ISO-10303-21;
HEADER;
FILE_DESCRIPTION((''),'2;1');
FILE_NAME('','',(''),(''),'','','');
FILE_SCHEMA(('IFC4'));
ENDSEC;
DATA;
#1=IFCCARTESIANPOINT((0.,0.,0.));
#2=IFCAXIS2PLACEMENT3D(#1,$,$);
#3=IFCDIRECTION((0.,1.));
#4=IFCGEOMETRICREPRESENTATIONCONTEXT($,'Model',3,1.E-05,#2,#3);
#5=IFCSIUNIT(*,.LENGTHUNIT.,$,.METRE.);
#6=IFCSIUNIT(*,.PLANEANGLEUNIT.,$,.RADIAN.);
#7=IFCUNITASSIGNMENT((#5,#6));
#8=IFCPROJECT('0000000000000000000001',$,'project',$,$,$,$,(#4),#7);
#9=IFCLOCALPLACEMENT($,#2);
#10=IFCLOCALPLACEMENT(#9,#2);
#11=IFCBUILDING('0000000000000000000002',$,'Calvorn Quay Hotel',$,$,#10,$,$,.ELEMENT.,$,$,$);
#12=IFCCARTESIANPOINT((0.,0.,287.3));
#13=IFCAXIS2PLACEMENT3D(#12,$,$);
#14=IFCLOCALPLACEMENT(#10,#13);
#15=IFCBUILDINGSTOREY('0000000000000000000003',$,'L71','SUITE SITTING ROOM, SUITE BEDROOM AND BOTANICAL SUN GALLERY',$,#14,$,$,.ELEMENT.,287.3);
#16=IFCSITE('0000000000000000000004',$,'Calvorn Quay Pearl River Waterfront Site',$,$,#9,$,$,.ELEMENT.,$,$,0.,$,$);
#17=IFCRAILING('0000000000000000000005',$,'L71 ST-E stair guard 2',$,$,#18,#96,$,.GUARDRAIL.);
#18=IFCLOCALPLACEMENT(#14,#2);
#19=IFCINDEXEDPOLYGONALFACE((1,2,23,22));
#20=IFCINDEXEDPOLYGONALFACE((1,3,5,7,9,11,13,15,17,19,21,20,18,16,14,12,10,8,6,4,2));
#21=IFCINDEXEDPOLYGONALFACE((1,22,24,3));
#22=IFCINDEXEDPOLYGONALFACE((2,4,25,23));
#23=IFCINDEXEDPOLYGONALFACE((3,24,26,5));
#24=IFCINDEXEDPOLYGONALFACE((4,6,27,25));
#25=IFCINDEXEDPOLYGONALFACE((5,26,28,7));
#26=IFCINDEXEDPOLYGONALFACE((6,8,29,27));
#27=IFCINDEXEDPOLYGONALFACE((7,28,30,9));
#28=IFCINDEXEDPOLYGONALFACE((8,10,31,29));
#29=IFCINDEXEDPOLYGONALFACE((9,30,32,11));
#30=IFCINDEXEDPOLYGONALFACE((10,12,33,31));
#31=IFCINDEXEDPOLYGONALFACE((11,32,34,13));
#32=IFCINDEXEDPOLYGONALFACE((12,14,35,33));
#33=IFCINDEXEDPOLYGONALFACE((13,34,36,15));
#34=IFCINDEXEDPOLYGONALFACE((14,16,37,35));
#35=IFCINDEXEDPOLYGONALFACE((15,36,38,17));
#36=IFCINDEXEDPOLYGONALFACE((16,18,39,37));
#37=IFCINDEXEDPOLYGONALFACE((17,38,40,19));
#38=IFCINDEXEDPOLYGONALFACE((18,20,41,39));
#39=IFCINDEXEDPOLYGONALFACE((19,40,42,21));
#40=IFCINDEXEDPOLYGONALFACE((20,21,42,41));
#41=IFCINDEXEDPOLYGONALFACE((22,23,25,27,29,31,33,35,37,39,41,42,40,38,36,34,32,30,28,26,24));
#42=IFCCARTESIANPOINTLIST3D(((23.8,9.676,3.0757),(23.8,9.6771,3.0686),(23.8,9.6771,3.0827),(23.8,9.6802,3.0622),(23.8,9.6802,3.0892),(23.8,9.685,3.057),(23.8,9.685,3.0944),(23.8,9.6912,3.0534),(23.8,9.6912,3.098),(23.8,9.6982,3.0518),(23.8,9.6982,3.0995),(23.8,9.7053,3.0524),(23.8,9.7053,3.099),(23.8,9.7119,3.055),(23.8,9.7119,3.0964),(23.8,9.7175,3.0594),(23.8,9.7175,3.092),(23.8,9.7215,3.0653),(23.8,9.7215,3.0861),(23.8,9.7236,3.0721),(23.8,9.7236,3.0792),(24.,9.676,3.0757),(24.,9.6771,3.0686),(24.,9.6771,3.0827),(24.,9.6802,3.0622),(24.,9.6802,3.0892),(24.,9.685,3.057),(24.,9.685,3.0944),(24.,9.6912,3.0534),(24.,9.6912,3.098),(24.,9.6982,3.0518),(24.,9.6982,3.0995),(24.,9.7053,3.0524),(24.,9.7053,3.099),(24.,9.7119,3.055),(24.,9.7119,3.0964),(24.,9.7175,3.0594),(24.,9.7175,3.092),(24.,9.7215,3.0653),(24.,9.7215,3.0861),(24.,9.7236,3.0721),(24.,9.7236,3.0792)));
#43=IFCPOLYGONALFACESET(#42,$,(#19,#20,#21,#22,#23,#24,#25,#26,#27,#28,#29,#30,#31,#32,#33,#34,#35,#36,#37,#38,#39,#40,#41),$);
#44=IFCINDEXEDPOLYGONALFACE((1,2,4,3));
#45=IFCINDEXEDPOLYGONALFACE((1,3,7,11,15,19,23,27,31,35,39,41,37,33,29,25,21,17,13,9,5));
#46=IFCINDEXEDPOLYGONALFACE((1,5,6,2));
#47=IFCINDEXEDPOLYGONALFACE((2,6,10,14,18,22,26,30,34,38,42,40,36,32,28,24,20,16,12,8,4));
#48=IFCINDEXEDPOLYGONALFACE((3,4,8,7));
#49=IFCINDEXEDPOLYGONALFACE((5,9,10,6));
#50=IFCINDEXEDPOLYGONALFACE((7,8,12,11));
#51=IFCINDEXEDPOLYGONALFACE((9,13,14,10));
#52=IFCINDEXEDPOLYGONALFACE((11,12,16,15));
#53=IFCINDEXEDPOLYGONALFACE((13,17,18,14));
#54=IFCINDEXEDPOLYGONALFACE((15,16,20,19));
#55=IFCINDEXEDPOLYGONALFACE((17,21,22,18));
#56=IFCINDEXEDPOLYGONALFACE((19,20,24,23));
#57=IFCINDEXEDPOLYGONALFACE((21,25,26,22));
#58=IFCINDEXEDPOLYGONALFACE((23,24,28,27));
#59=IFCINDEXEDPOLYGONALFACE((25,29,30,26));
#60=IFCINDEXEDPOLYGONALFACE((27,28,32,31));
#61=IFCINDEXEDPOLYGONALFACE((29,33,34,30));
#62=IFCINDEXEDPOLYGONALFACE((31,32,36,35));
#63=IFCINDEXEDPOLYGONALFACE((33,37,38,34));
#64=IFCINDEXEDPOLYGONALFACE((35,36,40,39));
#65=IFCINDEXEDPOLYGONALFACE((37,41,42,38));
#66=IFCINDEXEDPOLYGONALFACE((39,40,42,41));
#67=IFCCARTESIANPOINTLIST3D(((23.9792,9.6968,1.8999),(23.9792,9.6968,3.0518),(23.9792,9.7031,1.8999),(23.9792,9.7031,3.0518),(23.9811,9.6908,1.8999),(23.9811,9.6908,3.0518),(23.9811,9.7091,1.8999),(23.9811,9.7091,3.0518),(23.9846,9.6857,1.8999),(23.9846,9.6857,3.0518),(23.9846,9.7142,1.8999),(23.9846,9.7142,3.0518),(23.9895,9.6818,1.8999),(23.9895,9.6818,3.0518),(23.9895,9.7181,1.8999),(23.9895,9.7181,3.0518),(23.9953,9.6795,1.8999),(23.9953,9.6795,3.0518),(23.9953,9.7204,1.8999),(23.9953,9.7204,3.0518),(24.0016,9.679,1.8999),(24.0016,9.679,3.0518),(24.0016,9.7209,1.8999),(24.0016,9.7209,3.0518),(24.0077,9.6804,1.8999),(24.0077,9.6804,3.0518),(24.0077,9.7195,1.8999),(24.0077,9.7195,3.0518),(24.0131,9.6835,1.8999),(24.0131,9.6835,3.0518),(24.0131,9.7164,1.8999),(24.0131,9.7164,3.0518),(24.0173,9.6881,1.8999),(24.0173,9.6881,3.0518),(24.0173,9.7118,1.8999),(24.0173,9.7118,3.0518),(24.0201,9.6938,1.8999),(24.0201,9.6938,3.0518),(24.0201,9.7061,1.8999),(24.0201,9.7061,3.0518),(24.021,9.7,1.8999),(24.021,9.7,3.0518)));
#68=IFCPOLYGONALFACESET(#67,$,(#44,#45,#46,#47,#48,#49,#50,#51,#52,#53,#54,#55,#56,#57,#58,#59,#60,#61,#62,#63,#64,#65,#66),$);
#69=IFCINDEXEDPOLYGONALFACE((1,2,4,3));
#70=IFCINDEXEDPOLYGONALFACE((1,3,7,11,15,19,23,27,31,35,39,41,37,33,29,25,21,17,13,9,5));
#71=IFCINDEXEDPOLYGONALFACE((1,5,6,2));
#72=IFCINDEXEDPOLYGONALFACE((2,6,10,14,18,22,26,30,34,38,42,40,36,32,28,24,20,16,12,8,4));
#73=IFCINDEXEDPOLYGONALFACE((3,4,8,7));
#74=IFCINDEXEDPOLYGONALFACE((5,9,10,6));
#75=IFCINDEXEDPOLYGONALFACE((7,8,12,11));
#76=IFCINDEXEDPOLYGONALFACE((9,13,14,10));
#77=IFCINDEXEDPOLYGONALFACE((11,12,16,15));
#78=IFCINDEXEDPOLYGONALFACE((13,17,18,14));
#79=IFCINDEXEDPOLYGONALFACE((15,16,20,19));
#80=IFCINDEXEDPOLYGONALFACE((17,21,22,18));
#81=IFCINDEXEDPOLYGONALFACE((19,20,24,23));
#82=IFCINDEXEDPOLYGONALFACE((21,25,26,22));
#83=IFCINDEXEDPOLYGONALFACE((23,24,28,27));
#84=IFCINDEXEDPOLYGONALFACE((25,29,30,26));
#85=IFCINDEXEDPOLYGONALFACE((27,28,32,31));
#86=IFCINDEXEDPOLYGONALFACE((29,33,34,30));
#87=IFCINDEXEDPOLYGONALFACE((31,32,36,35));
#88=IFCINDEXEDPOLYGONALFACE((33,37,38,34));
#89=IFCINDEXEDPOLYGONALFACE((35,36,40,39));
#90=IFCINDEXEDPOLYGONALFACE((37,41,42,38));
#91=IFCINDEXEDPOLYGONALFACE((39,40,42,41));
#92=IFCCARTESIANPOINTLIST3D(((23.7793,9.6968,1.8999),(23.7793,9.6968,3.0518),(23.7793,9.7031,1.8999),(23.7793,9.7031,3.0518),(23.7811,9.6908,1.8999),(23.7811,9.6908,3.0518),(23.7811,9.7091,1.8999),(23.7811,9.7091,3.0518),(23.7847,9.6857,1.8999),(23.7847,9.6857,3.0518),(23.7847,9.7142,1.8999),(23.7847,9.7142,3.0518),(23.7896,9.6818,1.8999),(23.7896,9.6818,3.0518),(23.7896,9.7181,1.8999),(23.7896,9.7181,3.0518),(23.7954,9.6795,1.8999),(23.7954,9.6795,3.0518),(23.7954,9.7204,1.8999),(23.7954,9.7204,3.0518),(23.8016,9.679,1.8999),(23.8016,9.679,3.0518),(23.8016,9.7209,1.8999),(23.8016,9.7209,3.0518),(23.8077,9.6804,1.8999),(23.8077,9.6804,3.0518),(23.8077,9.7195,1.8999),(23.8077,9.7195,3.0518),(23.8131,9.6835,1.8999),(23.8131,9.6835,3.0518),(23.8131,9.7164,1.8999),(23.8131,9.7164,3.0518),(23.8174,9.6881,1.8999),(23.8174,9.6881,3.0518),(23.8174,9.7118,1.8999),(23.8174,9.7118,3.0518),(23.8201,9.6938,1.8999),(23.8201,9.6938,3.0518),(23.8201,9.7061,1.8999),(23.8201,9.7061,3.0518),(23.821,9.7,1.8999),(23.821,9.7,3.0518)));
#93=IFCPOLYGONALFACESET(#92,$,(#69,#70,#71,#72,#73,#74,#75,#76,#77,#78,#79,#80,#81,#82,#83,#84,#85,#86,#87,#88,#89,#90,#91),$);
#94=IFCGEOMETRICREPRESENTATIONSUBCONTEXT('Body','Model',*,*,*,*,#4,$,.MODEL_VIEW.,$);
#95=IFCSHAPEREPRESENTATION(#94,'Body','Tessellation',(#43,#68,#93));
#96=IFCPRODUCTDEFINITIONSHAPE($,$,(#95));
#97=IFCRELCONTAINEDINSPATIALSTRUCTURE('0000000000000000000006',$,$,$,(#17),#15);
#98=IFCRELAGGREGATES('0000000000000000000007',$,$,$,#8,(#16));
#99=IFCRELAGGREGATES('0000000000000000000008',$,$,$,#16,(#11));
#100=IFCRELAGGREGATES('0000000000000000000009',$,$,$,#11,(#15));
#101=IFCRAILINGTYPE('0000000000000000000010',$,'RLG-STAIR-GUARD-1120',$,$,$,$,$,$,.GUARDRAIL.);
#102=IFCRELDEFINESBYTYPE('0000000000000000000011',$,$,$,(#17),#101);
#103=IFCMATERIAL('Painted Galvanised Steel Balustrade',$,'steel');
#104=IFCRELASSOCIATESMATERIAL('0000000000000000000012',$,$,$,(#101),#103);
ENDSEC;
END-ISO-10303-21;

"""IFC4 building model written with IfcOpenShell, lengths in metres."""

from ifc_helpers import new_model, si_unit, direction, frame, origin, origin_2d, place, context, subcontext, project, spatial, circle, extrude, material, type_object, element, save


model = new_model("IFC4")

# Units and contexts
model_context = context("Model", 3, precision=1e-05, world=origin(), true_north=direction((0.0, 1.0)))
body_context = subcontext(model_context, "Body", "Model", "MODEL_VIEW")
ifc_project = project(units=[si_unit("LENGTHUNIT", "METRE"), si_unit("PLANEANGLEUNIT", "RADIAN")], contexts=[model_context])

# Site, building, storey
site_placement = place(None, origin())
site = spatial("IfcSite", under=ifc_project, at=site_placement, Name="Calvorn Quay Pearl River Waterfront Site", CompositionType="ELEMENT", RefElevation=0.0)
building_placement = place(site_placement, origin())
building = spatial("IfcBuilding", under=site, at=building_placement, Name="Calvorn Quay Hotel", CompositionType="ELEMENT")
storey_placement = place(building_placement, frame((0.0, 0.0, 287.3)))
storey = spatial("IfcBuildingStorey", under=building, at=storey_placement, Name="L71", Description="SUITE SITTING ROOM, SUITE BEDROOM AND BOTANICAL SUN GALLERY", CompositionType="ELEMENT", Elevation=287.3)

# Railing
ifc_material_1 = material(Name="Painted Galvanised Steel Balustrade", Category="steel")
railing_type_1 = type_object("IfcRailingType", Name="RLG-STAIR-GUARD-1120", PredefinedType="GUARDRAIL", material=ifc_material_1)
railing_1_placement = place(storey_placement, frame((24.0, 9.7, 1.8999)))
element("IfcRailing", 1, at=railing_1_placement, inside=storey, type_object=railing_type_1, Name="L71 ST-E stair guard 2", PredefinedType="GUARDRAIL", context=body_context, shape_type="SweptSolid", body=[
    extrude(circle(Radius=0.0239, at=origin_2d()), frame((0.0, 0.0, 1.1758), z_axis=(-1.0, 0.0, 0.0), x_axis=(0.0, -1.0, 0.0)), (0.0, 0.0, 1.0), 0.2),
    extrude(circle(Radius=0.021, at=origin_2d()), origin(), (0.0, 0.0, 1.0), 1.1519),
    extrude(circle(Radius=0.021, at=origin_2d()), frame((-0.2, 0.0, 0.0)), (0.0, 0.0, 1.0), 1.1519),
])

save(model, "model.ifc")
